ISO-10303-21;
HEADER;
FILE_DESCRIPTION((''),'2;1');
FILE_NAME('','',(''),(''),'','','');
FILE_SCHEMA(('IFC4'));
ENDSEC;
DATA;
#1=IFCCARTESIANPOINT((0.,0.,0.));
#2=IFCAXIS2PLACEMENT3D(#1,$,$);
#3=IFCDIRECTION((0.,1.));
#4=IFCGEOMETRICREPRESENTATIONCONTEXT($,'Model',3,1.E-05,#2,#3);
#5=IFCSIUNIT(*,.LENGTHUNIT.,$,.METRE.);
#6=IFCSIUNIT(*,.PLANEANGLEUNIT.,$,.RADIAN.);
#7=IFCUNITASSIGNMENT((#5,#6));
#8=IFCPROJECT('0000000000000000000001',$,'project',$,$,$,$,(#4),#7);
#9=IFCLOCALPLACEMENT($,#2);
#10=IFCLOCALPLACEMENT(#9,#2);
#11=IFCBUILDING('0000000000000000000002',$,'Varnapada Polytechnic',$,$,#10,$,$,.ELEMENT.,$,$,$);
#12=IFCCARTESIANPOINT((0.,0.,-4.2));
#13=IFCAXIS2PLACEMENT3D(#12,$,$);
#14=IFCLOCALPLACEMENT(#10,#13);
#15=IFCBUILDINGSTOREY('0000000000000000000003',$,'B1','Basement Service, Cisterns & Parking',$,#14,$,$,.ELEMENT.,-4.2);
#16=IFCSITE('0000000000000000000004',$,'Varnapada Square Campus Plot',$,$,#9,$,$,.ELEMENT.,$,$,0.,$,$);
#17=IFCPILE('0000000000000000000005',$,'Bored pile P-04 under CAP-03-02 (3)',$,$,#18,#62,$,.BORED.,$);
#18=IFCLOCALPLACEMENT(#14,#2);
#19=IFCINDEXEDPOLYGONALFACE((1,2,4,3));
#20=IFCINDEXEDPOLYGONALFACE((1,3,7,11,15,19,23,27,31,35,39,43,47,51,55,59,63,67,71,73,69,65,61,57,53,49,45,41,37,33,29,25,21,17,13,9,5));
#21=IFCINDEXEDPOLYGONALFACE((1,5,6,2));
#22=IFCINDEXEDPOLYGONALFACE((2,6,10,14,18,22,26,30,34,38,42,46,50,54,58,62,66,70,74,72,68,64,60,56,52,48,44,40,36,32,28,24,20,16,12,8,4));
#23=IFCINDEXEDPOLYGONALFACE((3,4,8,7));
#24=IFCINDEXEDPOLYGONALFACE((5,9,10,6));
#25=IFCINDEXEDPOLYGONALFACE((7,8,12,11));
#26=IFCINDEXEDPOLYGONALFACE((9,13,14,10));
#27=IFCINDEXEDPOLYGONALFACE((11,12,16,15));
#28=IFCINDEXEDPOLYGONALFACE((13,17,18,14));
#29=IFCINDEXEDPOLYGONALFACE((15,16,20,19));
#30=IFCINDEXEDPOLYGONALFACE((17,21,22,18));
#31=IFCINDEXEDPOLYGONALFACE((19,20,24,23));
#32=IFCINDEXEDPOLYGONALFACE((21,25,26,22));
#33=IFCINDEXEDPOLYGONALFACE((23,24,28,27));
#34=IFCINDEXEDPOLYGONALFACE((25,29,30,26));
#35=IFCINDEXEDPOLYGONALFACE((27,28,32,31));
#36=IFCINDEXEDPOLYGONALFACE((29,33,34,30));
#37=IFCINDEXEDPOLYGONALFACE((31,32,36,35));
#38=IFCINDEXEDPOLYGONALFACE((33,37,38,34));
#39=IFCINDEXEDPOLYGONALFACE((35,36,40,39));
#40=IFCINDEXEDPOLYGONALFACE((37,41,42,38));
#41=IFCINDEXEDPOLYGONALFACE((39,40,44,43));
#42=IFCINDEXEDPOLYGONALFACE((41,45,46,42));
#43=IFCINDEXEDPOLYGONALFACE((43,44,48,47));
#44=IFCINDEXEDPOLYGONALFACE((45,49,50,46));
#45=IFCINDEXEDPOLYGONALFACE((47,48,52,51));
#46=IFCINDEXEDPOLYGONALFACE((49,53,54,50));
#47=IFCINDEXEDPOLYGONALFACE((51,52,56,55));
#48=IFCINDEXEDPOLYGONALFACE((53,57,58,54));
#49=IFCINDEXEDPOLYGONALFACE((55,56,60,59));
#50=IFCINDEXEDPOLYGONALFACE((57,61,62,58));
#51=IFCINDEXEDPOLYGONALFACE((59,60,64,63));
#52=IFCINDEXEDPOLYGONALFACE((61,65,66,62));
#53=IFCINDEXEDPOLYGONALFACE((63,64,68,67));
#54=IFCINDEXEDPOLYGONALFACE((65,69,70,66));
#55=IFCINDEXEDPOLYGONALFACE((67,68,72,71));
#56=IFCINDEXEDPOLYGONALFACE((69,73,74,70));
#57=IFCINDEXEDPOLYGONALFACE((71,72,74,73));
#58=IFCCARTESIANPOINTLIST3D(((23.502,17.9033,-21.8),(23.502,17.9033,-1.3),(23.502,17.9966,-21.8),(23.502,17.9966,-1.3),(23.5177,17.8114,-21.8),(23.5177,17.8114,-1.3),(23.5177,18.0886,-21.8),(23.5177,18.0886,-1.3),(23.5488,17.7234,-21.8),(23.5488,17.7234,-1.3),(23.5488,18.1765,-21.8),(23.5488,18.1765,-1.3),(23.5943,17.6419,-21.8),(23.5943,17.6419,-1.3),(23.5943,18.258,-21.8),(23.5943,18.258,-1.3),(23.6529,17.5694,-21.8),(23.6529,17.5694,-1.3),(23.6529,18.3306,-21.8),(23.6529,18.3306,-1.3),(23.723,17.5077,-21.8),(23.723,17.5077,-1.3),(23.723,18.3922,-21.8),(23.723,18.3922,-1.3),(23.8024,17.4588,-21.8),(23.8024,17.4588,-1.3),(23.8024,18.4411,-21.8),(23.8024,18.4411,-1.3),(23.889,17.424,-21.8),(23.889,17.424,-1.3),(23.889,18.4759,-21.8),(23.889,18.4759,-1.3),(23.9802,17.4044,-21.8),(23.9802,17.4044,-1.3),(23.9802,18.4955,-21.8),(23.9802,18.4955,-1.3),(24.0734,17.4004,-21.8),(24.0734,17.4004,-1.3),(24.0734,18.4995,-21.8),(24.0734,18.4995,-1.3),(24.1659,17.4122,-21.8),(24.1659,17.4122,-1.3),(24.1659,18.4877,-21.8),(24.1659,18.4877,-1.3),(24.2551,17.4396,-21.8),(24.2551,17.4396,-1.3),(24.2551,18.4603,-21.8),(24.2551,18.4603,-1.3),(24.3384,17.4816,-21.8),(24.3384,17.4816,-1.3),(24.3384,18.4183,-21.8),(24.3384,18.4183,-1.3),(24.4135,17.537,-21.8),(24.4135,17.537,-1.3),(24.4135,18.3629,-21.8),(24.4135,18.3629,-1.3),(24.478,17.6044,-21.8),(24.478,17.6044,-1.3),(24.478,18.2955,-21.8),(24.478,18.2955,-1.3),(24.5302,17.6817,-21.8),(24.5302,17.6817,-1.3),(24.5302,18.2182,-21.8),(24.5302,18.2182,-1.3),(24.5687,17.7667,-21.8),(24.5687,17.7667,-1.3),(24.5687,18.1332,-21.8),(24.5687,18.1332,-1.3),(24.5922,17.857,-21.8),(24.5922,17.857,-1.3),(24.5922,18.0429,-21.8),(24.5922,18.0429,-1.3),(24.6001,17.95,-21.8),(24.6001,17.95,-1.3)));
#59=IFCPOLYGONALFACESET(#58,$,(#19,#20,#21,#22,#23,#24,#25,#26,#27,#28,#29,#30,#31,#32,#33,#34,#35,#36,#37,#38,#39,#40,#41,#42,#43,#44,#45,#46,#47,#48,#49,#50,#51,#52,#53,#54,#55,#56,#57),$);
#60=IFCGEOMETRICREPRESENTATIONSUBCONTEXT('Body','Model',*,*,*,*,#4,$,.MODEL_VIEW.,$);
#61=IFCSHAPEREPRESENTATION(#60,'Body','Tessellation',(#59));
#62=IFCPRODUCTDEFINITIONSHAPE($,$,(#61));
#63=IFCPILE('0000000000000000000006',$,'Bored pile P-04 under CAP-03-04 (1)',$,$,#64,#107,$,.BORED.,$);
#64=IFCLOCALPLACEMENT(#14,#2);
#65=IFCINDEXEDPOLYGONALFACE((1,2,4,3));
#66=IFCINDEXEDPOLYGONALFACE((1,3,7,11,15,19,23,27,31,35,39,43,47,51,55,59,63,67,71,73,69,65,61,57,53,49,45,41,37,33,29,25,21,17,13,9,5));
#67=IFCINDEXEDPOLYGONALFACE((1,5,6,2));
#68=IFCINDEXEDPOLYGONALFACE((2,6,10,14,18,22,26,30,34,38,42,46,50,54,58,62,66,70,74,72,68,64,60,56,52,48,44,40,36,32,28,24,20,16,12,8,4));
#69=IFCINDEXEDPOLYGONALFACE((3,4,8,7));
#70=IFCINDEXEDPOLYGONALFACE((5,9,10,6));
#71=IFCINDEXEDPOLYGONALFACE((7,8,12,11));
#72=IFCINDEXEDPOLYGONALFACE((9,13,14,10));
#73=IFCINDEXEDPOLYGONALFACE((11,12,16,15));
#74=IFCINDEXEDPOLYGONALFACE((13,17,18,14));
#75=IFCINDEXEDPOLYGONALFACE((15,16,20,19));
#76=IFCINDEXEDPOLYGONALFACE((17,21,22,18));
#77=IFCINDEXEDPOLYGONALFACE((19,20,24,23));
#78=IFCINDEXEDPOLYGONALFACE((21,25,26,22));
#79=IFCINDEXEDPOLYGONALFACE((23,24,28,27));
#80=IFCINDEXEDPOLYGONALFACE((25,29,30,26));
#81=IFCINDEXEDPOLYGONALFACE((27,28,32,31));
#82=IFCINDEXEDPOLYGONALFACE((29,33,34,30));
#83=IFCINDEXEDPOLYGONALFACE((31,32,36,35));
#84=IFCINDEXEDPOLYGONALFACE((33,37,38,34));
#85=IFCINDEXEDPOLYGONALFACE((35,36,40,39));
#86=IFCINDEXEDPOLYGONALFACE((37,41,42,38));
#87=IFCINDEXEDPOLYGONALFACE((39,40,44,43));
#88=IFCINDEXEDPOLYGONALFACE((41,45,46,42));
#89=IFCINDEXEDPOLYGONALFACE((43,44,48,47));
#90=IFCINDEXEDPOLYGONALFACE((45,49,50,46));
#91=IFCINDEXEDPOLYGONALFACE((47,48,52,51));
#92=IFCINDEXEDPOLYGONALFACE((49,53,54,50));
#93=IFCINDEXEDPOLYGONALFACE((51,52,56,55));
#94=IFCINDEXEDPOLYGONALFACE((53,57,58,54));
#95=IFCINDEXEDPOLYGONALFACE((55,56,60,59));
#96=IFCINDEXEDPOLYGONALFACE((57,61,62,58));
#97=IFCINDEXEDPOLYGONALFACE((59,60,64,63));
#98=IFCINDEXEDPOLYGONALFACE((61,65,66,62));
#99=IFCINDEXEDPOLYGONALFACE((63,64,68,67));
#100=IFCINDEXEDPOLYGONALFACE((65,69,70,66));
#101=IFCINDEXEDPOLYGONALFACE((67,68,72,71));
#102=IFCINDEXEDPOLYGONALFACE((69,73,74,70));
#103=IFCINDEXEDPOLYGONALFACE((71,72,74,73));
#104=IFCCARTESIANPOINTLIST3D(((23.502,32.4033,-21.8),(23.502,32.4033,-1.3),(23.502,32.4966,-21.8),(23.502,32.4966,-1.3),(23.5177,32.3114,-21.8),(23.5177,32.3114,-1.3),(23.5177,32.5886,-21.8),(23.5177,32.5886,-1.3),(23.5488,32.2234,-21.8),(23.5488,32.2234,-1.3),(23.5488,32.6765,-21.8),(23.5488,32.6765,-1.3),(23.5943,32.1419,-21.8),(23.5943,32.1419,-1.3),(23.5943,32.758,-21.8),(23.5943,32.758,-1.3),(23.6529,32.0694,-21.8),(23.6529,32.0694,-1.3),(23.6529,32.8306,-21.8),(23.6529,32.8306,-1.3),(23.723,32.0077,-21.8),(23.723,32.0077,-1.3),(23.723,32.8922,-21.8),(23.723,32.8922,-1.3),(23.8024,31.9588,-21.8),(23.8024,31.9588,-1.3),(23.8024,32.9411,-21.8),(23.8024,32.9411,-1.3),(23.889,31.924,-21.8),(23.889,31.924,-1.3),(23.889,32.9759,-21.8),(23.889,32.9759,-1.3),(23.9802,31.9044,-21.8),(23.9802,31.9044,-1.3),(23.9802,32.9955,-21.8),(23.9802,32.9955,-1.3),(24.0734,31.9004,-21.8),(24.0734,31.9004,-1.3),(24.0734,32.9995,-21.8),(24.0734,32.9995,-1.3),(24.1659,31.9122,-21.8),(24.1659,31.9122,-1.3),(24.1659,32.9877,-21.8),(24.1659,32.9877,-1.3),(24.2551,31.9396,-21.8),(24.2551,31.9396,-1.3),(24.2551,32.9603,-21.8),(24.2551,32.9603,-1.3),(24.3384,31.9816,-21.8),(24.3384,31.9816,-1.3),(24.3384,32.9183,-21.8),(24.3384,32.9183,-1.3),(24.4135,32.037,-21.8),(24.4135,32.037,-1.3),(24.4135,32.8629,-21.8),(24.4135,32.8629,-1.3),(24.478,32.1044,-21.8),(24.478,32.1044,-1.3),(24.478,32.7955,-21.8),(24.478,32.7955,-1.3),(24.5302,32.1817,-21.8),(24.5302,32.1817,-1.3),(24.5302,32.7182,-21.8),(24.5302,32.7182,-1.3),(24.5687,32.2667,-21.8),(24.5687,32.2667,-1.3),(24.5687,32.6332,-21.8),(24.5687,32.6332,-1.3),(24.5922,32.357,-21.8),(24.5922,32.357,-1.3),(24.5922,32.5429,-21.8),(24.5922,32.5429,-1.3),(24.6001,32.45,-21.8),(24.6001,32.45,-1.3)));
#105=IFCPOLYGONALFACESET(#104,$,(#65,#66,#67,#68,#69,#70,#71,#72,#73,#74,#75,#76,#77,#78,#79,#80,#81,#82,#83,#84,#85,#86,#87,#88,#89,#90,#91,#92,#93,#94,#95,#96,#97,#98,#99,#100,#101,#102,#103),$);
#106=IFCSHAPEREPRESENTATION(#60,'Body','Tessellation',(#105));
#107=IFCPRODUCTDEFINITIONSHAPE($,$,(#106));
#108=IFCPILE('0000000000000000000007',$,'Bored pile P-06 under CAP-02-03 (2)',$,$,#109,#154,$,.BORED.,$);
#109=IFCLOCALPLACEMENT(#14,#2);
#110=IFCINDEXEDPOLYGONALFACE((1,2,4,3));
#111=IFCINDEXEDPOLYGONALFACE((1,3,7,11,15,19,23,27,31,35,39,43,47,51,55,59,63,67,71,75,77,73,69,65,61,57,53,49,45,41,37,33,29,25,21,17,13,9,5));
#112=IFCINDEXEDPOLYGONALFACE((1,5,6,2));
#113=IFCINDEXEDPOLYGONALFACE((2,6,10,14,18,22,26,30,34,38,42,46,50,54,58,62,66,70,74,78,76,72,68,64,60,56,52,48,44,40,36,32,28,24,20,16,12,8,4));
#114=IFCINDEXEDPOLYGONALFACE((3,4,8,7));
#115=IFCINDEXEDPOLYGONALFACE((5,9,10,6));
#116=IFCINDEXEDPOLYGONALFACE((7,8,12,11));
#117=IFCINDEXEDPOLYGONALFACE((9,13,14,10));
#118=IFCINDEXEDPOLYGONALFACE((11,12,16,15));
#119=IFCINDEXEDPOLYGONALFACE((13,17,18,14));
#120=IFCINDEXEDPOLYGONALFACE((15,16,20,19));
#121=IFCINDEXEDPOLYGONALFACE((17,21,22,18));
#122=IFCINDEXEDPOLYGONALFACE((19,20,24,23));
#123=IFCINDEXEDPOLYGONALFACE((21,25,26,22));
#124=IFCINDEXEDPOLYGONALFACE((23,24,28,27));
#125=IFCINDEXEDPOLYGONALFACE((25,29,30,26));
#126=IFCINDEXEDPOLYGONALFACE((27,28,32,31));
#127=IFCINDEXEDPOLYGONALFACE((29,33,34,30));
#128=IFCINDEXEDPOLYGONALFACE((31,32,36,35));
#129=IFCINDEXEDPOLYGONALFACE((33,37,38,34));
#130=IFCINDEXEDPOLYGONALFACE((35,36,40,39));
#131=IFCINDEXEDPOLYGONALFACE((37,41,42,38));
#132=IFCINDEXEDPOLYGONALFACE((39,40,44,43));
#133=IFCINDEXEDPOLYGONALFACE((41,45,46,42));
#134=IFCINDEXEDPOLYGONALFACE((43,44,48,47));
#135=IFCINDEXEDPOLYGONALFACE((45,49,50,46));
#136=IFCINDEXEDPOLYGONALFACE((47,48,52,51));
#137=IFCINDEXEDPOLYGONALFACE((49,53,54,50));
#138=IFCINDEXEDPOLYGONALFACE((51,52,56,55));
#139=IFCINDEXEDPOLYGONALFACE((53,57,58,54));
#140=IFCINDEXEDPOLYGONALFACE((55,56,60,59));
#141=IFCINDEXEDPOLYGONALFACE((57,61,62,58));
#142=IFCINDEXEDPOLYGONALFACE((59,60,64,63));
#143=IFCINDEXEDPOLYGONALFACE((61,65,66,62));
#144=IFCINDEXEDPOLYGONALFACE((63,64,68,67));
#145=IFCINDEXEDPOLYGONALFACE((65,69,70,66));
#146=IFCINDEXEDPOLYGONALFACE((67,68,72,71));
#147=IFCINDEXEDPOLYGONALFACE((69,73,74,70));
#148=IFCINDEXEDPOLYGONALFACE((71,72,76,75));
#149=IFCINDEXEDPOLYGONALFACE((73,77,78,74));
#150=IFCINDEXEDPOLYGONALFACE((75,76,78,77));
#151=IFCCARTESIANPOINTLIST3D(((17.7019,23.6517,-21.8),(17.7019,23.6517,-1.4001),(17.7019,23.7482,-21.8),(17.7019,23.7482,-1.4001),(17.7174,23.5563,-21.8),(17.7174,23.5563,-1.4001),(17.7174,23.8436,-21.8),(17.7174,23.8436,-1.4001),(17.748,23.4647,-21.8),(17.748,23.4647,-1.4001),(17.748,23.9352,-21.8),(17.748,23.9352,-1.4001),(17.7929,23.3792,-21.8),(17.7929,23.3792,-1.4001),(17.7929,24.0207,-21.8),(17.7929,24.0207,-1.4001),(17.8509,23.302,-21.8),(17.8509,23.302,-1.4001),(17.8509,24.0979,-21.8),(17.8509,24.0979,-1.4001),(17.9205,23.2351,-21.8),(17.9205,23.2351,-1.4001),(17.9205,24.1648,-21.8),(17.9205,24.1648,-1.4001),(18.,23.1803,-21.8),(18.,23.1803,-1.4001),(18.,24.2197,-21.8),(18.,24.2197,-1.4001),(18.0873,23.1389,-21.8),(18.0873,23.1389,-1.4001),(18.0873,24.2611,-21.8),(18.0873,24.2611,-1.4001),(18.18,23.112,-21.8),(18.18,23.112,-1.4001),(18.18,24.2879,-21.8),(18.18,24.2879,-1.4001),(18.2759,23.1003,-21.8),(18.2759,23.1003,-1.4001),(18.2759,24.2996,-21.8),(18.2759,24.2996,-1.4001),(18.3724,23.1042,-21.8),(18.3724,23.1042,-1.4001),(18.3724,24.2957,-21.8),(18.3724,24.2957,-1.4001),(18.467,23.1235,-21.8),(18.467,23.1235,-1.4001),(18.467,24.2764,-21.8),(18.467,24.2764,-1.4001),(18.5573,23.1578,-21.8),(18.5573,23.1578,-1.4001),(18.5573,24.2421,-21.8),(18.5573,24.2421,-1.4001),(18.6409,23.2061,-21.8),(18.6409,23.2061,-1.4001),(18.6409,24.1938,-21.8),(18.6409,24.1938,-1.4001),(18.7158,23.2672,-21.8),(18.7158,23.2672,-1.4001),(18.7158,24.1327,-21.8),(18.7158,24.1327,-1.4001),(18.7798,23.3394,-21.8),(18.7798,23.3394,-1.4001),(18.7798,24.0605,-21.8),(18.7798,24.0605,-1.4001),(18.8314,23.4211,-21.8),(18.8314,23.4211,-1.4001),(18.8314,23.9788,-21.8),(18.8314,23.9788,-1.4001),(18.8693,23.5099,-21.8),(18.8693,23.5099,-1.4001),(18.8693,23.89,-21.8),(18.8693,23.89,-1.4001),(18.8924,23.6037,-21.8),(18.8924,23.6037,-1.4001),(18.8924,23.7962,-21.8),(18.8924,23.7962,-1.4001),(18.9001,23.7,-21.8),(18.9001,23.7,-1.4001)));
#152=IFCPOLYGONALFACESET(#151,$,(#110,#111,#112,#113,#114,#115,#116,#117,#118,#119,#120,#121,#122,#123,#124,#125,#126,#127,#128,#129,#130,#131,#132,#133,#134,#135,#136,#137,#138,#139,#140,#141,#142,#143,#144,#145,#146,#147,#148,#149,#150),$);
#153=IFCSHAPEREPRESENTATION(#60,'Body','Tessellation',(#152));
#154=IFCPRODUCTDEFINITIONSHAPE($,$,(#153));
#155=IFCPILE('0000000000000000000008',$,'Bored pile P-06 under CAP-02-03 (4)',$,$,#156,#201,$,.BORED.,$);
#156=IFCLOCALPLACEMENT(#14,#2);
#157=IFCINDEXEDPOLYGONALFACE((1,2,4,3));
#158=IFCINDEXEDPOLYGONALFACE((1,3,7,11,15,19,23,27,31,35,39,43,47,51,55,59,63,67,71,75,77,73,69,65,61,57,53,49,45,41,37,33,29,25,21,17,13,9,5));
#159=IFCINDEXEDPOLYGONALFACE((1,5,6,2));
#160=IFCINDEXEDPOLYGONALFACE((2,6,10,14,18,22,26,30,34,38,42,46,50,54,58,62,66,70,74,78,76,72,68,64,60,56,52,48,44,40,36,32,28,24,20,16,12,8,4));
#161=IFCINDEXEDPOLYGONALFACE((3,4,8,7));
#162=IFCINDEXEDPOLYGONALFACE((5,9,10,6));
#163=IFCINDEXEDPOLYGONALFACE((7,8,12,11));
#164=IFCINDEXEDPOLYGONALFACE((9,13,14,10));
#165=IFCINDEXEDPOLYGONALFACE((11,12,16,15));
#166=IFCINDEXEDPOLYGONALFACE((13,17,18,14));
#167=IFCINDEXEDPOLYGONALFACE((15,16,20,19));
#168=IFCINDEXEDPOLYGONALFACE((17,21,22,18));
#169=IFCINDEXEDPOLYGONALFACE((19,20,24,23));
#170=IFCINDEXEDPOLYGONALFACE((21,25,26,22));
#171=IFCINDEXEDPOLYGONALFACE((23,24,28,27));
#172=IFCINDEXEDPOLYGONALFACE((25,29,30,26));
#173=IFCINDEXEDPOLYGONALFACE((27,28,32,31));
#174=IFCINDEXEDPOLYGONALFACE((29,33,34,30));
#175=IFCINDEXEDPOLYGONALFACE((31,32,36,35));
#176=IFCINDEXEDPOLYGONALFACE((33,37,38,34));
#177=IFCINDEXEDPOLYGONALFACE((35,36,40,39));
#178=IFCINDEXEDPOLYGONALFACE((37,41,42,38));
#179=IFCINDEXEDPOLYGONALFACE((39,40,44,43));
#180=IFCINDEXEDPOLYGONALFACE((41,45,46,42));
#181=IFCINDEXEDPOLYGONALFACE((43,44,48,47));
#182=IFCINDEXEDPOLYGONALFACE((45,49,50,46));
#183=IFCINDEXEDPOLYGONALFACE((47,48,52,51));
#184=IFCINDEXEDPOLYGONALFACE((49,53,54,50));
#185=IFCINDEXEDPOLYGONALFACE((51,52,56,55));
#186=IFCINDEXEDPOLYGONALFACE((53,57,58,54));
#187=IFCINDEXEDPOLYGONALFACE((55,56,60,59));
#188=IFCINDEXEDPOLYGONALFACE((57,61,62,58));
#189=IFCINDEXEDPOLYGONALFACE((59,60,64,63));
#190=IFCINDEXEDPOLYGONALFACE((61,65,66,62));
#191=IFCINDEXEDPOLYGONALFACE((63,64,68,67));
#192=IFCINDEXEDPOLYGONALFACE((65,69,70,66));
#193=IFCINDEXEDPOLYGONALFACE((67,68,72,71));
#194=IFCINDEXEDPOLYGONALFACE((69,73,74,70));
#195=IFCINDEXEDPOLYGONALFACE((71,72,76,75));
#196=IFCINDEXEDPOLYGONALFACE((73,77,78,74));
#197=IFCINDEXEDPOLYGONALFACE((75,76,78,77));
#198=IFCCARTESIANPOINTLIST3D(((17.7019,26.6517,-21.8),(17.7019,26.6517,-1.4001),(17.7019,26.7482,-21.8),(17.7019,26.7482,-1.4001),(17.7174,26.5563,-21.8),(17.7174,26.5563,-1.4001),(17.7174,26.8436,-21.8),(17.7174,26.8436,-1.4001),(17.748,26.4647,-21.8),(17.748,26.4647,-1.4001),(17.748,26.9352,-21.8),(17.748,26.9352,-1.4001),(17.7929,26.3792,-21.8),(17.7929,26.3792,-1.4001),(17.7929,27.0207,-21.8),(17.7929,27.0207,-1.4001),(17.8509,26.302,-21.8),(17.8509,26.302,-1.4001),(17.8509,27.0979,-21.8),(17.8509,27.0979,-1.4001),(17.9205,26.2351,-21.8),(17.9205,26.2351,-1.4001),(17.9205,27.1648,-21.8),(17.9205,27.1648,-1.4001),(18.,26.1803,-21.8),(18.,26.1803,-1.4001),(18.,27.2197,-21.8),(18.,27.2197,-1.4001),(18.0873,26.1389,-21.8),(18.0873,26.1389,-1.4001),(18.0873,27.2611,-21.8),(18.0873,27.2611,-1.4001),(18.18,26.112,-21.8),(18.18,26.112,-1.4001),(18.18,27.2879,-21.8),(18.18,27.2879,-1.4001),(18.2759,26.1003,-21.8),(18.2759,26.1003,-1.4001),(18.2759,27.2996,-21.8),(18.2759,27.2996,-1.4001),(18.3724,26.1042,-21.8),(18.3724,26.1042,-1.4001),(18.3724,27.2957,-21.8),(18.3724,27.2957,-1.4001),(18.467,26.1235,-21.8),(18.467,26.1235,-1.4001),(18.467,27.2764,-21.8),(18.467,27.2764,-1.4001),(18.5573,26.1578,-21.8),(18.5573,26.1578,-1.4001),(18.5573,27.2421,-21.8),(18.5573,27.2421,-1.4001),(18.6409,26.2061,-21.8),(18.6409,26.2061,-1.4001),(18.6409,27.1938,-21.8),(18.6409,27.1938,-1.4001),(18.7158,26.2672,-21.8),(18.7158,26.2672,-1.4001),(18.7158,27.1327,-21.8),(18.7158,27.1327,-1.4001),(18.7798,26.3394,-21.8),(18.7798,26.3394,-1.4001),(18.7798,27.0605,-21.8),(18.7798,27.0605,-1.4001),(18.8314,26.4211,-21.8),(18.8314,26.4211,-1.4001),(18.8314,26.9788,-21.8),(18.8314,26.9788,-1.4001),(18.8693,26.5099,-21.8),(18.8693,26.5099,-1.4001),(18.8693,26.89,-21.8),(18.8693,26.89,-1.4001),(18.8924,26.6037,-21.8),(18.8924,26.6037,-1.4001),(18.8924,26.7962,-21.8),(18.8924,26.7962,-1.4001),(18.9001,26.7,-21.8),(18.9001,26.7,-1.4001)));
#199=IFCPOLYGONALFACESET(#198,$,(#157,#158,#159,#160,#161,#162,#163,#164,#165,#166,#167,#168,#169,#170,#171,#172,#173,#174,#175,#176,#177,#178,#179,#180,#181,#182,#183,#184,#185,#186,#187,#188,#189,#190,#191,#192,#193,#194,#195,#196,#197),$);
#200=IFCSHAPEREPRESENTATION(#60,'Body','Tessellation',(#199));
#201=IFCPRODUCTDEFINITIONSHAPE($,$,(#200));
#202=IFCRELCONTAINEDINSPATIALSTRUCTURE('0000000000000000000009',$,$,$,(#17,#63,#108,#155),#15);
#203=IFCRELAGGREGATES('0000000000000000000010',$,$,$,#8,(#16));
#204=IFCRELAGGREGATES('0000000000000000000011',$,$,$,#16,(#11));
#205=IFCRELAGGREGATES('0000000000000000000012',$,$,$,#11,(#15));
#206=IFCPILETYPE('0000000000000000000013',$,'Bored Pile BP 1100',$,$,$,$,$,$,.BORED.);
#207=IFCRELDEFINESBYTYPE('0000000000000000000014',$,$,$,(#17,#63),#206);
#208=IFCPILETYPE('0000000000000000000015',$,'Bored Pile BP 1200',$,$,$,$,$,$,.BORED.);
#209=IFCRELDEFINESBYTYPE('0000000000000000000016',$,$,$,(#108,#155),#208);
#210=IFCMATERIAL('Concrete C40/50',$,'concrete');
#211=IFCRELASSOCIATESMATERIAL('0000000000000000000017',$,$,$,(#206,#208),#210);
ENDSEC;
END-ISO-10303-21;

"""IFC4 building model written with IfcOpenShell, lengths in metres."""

from ifc_helpers import new_model, si_unit, direction, frame, origin, origin_2d, place, context, subcontext, project, spatial, circle, extrude, material, material_profile, profile_set, type_object, element, save


model = new_model("IFC4")

# Units and contexts
model_context = context("Model", 3, precision=1e-05, world=origin(), true_north=direction((0.0, 1.0)))
body_context = subcontext(model_context, "Body", "Model", "MODEL_VIEW")
ifc_project = project(units=[si_unit("LENGTHUNIT", "METRE"), si_unit("PLANEANGLEUNIT", "RADIAN")], contexts=[model_context])

# Site, building, storey
site_placement = place(None, origin())
site = spatial("IfcSite", under=ifc_project, at=site_placement, Name="Varnapada Square Campus Plot", CompositionType="ELEMENT", RefElevation=0.0)
building_placement = place(site_placement, origin())
building = spatial("IfcBuilding", under=site, at=building_placement, Name="Varnapada Polytechnic", CompositionType="ELEMENT")
storey_placement = place(building_placement, frame((0.0, 0.0, -4.2)))
storey = spatial("IfcBuildingStorey", under=building, at=storey_placement, Name="B1", Description="Basement Service, Cisterns & Parking", CompositionType="ELEMENT", Elevation=-4.2)

# Piles
ifc_material_1 = material(Name="Concrete C40/50", Category="concrete")
ifc_material_profile_1 = material_profile(ifc_material_1, circle(Radius=0.55, at=origin_2d()), Name="BP 1100")
ifc_profile_set_1 = profile_set([ifc_material_profile_1], Name="Concrete C40/50")
pile_type_1 = type_object("IfcPileType", Name="Bored Pile BP 1100", PredefinedType="BORED", material=ifc_profile_set_1)
for number, where, z_axis, x_axis, name in (
    (1, (24.05, 17.95, -1.3), (0.0, 0.0, -1.0), (1.0, 0.0, 0.0), "Bored pile P-04 under CAP-03-02 (3)"),
    (2, (24.05, 32.45, -1.3), (0.0, 0.0, -1.0), (1.0, 0.0, 0.0), "Bored pile P-04 under CAP-03-04 (1)"),
):
    element("IfcPile", number, at=place(storey_placement, frame(where, z_axis=z_axis, x_axis=x_axis)), inside=storey, type_object=pile_type_1, Name=name, PredefinedType="BORED", context=body_context, shape_type="SweptSolid", body=[
        extrude(circle(Radius=0.55, at=origin_2d()), origin(), (0.0, 0.0, 1.0), 20.5),
    ])
ifc_material_profile_2 = material_profile(ifc_material_1, circle(Radius=0.6001, at=origin_2d()), Name="BP 1200")
ifc_profile_set_2 = profile_set([ifc_material_profile_2], Name="Concrete C40/50")
pile_type_2 = type_object("IfcPileType", Name="Bored Pile BP 1200", PredefinedType="BORED", material=ifc_profile_set_2)
for number, where, z_axis, x_axis, name in (
    (3, (18.3, 23.7, -1.4001), (0.0, 0.0, -1.0), (1.0, 0.0, 0.0), "Bored pile P-06 under CAP-02-03 (2)"),
    (4, (18.3, 26.7, -1.4001), (0.0, 0.0, -1.0), (1.0, 0.0, 0.0), "Bored pile P-06 under CAP-02-03 (4)"),
):
    element("IfcPile", number, at=place(storey_placement, frame(where, z_axis=z_axis, x_axis=x_axis)), inside=storey, type_object=pile_type_2, Name=name, PredefinedType="BORED", context=body_context, shape_type="SweptSolid", body=[
        extrude(circle(Radius=0.6001, at=origin_2d()), origin(), (0.0, 0.0, 1.0), 20.3999),
    ])

save(model, "model.ifc")
